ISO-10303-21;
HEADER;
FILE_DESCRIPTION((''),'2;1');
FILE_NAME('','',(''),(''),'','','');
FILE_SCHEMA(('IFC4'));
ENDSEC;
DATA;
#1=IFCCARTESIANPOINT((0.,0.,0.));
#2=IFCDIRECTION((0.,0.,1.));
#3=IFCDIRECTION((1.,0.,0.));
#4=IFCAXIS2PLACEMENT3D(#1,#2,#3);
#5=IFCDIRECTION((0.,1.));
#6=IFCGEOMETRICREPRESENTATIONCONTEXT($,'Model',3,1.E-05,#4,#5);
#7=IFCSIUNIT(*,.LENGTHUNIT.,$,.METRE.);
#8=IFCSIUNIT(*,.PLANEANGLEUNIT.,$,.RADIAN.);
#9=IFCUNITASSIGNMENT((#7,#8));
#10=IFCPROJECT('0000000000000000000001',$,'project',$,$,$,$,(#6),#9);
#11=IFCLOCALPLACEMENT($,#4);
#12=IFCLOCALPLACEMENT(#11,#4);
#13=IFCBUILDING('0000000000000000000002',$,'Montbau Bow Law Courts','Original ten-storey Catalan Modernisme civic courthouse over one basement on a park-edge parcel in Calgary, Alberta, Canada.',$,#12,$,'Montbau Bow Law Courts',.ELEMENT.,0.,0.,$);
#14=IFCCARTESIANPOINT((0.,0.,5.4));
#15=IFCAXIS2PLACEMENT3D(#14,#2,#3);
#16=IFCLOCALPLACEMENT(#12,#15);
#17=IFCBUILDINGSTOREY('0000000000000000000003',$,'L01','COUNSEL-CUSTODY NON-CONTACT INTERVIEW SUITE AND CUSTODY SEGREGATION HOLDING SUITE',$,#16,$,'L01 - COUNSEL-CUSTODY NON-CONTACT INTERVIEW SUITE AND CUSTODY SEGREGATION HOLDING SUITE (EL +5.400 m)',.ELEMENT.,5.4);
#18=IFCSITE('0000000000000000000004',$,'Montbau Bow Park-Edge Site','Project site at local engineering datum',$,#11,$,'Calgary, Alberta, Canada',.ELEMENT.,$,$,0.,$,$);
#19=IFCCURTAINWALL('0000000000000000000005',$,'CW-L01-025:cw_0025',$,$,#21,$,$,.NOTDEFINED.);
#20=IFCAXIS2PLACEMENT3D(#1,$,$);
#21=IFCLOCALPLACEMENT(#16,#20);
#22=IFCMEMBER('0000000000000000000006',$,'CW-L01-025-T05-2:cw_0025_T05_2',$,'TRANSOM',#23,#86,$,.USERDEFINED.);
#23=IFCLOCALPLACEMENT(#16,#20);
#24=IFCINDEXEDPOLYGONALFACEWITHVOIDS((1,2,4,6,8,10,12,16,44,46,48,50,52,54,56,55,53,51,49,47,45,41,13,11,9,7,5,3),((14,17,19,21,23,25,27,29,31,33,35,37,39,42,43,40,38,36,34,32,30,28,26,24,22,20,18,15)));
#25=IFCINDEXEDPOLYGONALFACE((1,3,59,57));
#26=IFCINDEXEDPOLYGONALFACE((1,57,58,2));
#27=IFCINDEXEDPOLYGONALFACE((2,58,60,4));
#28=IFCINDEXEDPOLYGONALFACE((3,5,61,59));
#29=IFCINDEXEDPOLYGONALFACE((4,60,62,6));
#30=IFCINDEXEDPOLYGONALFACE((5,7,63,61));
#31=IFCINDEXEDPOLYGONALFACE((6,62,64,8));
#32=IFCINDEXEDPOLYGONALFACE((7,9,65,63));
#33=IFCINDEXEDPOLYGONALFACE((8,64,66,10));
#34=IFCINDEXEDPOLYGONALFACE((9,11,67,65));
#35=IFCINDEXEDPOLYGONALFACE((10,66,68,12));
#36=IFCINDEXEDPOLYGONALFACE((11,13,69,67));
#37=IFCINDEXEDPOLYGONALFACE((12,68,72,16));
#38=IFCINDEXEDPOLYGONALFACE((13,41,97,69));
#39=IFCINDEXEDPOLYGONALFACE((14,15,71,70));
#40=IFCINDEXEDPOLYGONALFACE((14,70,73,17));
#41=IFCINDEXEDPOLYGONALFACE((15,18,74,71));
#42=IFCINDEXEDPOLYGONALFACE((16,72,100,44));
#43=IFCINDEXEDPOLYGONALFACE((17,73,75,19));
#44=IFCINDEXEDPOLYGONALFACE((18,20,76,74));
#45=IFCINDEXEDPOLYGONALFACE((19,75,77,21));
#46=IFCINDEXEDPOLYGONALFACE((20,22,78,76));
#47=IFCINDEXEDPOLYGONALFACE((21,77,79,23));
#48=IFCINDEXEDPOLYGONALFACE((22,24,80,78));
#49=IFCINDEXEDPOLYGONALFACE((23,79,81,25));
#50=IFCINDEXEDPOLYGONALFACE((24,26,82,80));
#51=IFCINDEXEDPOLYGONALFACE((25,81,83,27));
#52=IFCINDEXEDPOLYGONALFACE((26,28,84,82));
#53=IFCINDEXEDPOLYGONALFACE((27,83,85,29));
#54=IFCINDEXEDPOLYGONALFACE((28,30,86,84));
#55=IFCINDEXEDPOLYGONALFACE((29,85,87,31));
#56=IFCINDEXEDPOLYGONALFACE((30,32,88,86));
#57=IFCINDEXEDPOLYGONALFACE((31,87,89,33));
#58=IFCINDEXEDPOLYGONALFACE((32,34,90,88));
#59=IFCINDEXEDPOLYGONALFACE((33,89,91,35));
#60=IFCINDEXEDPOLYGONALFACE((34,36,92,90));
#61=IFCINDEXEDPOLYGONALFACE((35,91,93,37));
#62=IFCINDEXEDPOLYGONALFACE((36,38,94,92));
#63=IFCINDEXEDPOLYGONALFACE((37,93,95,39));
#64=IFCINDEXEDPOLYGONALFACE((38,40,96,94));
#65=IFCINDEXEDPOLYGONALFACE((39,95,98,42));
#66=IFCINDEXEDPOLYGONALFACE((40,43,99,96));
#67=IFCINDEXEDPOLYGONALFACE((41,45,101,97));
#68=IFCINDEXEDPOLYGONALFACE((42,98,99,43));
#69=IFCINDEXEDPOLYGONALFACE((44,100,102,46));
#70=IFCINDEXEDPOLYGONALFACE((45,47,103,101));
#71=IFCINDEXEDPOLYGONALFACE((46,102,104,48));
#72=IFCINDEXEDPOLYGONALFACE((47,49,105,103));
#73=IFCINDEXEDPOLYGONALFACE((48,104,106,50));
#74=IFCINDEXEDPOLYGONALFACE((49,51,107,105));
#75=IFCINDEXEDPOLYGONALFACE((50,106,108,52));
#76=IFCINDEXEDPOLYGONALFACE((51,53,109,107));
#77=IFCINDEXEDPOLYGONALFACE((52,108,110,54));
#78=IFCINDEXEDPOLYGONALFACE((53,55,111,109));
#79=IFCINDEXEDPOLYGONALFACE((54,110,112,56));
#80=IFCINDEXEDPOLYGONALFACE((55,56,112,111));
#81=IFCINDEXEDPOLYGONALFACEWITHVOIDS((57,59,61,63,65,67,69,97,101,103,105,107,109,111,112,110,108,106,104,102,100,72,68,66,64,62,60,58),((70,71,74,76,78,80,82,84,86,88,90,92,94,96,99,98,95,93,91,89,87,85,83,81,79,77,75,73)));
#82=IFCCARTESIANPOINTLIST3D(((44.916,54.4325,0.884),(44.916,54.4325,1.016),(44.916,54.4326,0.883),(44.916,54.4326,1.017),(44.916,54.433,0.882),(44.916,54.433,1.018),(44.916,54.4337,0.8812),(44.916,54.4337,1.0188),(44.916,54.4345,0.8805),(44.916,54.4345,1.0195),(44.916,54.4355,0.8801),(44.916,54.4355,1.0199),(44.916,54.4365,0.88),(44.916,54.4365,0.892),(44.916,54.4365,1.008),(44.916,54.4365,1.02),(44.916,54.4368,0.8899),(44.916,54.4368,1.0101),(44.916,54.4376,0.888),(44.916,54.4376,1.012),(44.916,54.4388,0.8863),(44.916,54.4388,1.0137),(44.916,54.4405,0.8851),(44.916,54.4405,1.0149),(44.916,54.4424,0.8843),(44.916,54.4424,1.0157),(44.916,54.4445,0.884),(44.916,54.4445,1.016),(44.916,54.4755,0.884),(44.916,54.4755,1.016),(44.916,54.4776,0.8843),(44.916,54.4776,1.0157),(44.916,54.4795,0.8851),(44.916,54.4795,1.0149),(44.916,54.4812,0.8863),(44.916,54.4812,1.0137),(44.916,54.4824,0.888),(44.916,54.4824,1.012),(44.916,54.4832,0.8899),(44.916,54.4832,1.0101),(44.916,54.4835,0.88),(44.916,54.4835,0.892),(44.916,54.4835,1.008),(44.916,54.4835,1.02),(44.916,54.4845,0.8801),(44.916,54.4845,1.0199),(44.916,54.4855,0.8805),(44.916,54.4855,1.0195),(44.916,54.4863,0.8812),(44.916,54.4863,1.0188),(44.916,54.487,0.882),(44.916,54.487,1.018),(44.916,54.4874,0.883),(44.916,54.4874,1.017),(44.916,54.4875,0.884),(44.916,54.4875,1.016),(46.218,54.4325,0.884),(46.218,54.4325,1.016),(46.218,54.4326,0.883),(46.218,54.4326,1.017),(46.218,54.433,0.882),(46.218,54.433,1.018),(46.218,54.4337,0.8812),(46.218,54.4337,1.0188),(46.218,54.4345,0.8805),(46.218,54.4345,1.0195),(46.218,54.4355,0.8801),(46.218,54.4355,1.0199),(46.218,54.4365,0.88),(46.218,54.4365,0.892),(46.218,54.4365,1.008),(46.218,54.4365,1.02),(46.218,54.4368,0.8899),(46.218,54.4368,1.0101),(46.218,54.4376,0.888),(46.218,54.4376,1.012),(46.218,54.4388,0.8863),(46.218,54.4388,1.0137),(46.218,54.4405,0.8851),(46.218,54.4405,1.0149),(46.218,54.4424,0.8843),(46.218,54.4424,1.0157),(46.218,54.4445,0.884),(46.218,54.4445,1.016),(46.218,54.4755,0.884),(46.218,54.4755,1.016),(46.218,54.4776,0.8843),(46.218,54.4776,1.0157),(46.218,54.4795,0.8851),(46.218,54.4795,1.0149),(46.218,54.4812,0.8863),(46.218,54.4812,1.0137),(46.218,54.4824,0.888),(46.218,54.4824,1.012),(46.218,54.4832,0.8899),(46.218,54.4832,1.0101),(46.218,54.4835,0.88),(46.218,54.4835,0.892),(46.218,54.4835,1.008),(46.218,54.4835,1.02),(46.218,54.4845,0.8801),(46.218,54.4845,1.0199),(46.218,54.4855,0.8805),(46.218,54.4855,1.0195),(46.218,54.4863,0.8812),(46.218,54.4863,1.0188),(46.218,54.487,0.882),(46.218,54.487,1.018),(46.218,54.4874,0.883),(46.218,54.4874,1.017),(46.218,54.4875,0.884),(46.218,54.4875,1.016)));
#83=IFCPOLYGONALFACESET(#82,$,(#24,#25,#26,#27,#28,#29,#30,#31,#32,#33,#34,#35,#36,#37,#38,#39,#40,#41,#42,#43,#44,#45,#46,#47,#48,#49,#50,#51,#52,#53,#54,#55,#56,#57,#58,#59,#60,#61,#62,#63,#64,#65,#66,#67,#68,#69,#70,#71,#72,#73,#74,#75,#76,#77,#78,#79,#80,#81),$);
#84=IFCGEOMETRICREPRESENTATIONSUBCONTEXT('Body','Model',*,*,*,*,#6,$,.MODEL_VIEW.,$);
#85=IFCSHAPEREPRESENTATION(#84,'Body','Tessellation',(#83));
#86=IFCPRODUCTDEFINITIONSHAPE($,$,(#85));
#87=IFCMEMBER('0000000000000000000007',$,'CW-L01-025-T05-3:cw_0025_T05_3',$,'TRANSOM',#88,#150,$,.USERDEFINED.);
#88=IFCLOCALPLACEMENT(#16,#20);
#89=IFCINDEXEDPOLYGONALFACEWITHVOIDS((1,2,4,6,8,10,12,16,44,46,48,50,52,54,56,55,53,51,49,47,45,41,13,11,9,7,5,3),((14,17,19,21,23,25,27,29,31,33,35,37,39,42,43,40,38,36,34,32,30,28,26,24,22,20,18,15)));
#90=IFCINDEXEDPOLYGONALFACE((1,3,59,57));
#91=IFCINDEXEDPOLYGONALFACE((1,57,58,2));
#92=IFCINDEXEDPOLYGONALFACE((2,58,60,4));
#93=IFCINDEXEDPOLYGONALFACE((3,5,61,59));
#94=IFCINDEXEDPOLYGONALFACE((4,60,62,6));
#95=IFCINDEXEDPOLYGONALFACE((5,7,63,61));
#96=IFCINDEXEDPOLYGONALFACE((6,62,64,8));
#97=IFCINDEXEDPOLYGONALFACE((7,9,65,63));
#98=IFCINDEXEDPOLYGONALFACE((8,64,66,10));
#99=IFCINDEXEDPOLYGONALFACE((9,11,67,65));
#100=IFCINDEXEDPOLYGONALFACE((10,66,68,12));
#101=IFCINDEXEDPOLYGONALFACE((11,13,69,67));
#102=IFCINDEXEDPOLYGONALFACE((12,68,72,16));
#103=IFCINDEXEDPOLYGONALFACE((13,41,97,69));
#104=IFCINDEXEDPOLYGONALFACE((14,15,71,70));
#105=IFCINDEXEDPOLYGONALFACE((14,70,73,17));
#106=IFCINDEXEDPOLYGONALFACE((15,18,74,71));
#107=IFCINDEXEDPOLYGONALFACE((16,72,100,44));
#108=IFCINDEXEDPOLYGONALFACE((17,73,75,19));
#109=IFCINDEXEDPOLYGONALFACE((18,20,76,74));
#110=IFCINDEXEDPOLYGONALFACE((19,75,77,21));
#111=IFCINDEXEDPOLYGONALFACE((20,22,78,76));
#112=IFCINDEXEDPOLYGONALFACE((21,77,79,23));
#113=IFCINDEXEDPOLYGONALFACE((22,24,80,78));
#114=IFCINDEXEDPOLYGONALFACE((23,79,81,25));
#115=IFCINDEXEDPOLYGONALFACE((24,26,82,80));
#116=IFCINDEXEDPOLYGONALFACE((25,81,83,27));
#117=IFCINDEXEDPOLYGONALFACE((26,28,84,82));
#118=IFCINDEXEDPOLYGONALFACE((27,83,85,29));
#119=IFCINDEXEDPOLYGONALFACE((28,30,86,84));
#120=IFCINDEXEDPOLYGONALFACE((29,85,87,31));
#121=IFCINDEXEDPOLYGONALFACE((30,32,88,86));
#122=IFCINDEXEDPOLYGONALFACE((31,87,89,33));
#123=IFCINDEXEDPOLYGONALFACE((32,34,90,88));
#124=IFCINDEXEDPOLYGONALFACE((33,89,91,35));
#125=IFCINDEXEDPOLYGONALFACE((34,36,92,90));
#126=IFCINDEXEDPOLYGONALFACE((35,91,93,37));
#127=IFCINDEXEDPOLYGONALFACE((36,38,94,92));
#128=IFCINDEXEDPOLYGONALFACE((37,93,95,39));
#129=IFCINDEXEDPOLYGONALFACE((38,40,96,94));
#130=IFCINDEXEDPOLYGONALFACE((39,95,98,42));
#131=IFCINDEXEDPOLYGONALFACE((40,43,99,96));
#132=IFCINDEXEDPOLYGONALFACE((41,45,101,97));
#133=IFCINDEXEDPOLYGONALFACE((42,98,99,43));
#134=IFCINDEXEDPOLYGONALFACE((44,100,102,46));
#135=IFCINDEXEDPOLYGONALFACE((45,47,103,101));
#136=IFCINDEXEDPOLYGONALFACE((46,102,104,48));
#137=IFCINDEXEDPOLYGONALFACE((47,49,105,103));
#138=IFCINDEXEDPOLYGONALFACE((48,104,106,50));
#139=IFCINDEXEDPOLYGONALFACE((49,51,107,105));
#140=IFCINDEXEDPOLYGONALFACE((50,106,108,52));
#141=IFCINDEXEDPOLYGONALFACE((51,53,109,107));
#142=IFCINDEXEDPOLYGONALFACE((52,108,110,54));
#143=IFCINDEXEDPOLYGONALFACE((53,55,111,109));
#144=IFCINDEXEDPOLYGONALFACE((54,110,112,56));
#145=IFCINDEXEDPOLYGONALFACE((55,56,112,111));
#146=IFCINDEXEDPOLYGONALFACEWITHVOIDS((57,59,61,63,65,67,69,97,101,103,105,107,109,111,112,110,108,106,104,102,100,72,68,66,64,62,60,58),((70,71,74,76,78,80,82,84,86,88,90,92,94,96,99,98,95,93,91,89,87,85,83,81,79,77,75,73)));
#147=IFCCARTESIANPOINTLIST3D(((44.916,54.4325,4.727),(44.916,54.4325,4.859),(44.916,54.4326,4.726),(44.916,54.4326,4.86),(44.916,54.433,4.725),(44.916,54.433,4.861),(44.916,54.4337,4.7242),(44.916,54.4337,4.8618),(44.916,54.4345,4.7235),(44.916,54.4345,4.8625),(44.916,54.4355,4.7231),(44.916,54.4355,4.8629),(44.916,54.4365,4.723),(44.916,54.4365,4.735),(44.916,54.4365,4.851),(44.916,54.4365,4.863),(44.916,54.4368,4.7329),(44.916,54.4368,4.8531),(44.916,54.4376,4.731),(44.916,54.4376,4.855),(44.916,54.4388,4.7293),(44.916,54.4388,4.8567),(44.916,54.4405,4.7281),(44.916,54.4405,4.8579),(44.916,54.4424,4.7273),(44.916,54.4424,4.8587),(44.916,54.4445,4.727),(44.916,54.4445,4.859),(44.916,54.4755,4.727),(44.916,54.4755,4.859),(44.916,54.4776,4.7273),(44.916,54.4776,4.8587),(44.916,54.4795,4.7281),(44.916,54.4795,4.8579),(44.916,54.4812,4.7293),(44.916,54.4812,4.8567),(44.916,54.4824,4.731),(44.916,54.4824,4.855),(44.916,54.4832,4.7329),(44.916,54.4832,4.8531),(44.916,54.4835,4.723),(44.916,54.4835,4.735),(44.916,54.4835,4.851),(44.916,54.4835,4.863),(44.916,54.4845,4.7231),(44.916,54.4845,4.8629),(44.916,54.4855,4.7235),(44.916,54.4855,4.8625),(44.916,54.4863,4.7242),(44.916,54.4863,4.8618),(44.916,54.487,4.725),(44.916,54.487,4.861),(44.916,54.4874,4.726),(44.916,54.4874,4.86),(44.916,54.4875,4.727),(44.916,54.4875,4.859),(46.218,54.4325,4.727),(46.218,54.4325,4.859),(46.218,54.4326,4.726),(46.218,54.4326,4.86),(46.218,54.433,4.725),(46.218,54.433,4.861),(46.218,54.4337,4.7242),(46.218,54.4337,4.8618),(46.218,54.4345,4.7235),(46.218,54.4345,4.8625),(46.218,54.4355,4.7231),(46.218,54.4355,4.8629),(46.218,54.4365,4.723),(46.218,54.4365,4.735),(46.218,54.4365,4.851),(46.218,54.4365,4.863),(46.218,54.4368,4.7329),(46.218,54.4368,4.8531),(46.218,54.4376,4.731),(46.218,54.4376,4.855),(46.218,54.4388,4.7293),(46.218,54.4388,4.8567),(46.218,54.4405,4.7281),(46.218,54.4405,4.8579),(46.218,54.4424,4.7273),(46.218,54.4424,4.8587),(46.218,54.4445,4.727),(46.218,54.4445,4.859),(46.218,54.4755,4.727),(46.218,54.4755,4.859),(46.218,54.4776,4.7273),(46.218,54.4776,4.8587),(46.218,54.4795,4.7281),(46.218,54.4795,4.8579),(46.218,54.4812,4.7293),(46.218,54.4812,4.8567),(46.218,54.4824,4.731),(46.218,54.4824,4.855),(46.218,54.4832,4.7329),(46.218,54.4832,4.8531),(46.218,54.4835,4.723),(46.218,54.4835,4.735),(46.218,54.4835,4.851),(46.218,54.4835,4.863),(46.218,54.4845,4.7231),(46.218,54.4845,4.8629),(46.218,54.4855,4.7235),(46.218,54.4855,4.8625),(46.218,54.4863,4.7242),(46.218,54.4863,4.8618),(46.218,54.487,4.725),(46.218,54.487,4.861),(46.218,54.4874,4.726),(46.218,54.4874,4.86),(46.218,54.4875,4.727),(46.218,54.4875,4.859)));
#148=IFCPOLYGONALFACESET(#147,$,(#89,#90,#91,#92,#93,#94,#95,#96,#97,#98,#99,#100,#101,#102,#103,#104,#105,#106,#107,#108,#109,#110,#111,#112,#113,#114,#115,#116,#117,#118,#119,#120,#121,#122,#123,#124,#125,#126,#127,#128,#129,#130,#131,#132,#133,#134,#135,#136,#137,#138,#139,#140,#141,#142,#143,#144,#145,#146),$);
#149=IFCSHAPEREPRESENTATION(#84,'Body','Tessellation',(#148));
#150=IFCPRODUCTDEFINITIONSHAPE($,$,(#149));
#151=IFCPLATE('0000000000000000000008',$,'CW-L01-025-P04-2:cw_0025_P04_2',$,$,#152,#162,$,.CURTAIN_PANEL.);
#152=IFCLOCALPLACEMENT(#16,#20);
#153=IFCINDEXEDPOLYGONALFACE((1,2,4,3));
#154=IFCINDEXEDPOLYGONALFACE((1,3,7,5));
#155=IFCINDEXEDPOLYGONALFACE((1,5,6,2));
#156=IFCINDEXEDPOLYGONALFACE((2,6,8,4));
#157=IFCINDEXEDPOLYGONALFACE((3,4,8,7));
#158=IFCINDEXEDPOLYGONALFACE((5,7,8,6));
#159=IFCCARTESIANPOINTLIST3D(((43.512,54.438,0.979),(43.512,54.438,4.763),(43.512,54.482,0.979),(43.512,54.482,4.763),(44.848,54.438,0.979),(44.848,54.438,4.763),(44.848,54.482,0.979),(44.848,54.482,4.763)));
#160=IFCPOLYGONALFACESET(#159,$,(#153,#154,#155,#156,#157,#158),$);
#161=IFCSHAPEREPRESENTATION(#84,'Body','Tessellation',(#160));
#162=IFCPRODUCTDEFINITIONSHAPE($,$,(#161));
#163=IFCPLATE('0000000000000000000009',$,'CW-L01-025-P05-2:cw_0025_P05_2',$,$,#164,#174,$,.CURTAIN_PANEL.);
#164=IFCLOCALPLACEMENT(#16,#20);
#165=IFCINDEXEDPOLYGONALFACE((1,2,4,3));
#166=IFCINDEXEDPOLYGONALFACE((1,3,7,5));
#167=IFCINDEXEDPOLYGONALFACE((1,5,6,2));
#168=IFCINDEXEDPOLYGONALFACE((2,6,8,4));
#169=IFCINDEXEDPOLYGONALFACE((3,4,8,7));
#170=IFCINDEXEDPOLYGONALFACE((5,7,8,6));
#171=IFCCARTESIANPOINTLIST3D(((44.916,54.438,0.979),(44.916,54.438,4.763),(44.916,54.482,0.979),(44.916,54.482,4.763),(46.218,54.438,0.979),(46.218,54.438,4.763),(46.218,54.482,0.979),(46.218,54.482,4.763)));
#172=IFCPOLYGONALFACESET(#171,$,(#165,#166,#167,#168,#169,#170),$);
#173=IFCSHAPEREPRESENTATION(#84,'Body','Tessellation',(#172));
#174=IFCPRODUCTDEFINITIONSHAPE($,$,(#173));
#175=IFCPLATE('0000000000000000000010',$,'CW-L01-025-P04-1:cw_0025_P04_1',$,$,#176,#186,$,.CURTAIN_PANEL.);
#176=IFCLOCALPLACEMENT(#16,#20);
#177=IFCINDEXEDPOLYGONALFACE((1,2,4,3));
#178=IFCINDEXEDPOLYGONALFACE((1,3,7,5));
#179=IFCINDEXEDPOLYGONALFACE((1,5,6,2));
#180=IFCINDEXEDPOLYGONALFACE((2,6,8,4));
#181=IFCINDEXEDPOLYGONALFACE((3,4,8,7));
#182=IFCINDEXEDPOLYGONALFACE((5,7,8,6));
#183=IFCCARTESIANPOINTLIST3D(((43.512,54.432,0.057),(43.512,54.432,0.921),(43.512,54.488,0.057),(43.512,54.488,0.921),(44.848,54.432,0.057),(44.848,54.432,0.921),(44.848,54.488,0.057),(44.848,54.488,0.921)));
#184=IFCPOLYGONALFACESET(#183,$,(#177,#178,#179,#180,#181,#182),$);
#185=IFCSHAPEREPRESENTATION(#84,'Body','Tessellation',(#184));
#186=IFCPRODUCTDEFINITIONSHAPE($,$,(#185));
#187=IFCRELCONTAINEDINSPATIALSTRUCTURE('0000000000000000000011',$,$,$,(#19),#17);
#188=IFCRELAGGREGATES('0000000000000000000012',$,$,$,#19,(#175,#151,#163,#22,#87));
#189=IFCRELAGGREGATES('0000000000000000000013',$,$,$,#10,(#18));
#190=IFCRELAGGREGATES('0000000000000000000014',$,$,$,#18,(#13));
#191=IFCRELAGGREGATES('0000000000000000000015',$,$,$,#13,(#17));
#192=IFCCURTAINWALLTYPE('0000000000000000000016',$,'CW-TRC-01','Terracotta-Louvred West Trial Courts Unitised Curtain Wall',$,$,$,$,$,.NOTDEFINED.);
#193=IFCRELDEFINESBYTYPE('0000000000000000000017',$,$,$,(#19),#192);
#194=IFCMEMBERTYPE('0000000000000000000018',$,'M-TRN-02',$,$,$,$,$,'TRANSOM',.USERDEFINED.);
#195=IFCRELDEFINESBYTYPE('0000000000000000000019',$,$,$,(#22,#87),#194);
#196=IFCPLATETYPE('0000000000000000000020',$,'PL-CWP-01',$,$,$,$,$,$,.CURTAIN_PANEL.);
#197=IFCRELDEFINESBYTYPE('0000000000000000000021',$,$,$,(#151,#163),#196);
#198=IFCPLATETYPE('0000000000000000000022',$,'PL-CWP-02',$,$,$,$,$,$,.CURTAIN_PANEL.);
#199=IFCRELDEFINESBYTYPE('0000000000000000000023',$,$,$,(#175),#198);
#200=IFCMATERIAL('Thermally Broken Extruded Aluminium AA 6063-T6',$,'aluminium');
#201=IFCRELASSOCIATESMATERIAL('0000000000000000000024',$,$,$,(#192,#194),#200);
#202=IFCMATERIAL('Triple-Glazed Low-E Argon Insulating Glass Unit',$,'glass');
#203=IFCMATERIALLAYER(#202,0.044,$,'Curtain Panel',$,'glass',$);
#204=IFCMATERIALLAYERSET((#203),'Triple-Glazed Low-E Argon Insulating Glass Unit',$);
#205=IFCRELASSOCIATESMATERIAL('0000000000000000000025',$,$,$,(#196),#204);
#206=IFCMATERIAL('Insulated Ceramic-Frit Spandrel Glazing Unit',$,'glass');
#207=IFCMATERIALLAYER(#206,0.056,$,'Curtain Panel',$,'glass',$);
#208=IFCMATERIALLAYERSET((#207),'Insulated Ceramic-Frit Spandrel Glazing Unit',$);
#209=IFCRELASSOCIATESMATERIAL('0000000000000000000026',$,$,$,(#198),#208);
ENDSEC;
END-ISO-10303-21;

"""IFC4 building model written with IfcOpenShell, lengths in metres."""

from ifc_helpers import new_model, si_unit, direction, frame, frame_2d, origin_with_axes, origin_2d_with_axis, place, context, subcontext, project, spatial, rectangle, hollow_rectangle, extrude, material, layer, layer_set, material_profile, profile_set, type_object, element, aggregate, save


model = new_model("IFC4")

# Units and contexts
model_context = context("Model", 3, precision=1e-05, world=origin_with_axes(), true_north=direction((0.0, 1.0)))
body_context = subcontext(model_context, "Body", "Model", "MODEL_VIEW")
ifc_project = project(units=[si_unit("LENGTHUNIT", "METRE"), si_unit("PLANEANGLEUNIT", "RADIAN")], contexts=[model_context])

# Site, building, storey
site_placement = place(None, origin_with_axes())
site = spatial("IfcSite", under=ifc_project, at=site_placement, Name="Montbau Bow Park-Edge Site", Description="Project site at local engineering datum", LongName="Calgary, Alberta, Canada", CompositionType="ELEMENT", RefElevation=0.0)
building_placement = place(site_placement, origin_with_axes())
building = spatial("IfcBuilding", under=site, at=building_placement, Name="Montbau Bow Law Courts", Description="Original ten-storey Catalan Modernisme civic courthouse over one basement on a park-edge parcel in Calgary, Alberta, Canada.", LongName="Montbau Bow Law Courts", CompositionType="ELEMENT", ElevationOfRefHeight=0.0, ElevationOfTerrain=0.0)
storey_placement = place(building_placement, frame((0.0, 0.0, 5.4), z_axis=(0.0, 0.0, 1.0), x_axis=(1.0, 0.0, 0.0)))
storey = spatial("IfcBuildingStorey", under=building, at=storey_placement, Name="L01", Description="COUNSEL-CUSTODY NON-CONTACT INTERVIEW SUITE AND CUSTODY SEGREGATION HOLDING SUITE", LongName="L01 - COUNSEL-CUSTODY NON-CONTACT INTERVIEW SUITE AND CUSTODY SEGREGATION HOLDING SUITE (EL +5.400 m)", CompositionType="ELEMENT", Elevation=5.4)

# Curtain wall, members, plates
ifc_material_1 = material(Name="Thermally Broken Extruded Aluminium AA 6063-T6", Category="aluminium")
curtain_wall_type = type_object("IfcCurtainWallType", Name="CW-TRC-01", Description="Terracotta-Louvred West Trial Courts Unitised Curtain Wall", PredefinedType="NOTDEFINED", material=ifc_material_1)
curtain_wall_placement = place(None, frame((39.268, 54.46, 5.4), z_axis=(0.0, 0.0, 1.0), x_axis=(1.0, 0.0, 0.0)))
curtain_wall = element("IfcCurtainWall", 1, at=curtain_wall_placement, inside=storey, type_object=curtain_wall_type, Name="CW-L01-025:cw_0025", PredefinedType="NOTDEFINED")
ifc_material_profile_1 = material_profile(ifc_material_1, hollow_rectangle(XDim=0.055, YDim=0.14, WallThickness=0.004, InnerFilletRadius=0.008, OuterFilletRadius=0.004, at=origin_2d_with_axis()), Name="CWT-140X55", Category="Main", Priority=0)
ifc_profile_set_1 = profile_set([ifc_material_profile_1], Name="Thermally Broken Extruded Aluminium AA 6063-T6")
member_type_1 = type_object("IfcMemberType", Name="M-TRN-02", ElementType="TRANSOM", PredefinedType="USERDEFINED", material=ifc_profile_set_1)
member_1_placement = place(None, frame((44.916, 54.46, 6.35), z_axis=(1.0, 0.0, 0.0), x_axis=(0.0, 1.0, 0.0)))
member_1 = element("IfcMember", 2, at=member_1_placement, type_object=member_type_1, Name="CW-L01-025-T05-2:cw_0025_T05_2", ObjectType="TRANSOM", PredefinedType="USERDEFINED", context=body_context, shape_type="SweptSolid", body=[
    extrude(hollow_rectangle(XDim=0.055, YDim=0.14, WallThickness=0.004, InnerFilletRadius=0.008, OuterFilletRadius=0.004, at=origin_2d_with_axis()), origin_with_axes(), (0.0, 0.0, 1.0), 1.302),
])
member_2_placement = place(None, frame((44.916, 54.46, 10.193), z_axis=(1.0, 0.0, 0.0), x_axis=(0.0, 1.0, 0.0)))
member_2 = element("IfcMember", 3, at=member_2_placement, type_object=member_type_1, Name="CW-L01-025-T05-3:cw_0025_T05_3", ObjectType="TRANSOM", PredefinedType="USERDEFINED", context=body_context, shape_type="SweptSolid", body=[
    extrude(hollow_rectangle(XDim=0.055, YDim=0.14, WallThickness=0.004, InnerFilletRadius=0.008, OuterFilletRadius=0.004, at=origin_2d_with_axis()), origin_with_axes(), (0.0, 0.0, 1.0), 1.302),
])
ifc_material_2 = material(Name="Triple-Glazed Low-E Argon Insulating Glass Unit", Category="glass")
ifc_layer_1 = layer(ifc_material_2, 0.044, Name="Curtain Panel", Category="glass")
ifc_layer_set_1 = layer_set([ifc_layer_1], Name="Triple-Glazed Low-E Argon Insulating Glass Unit")
plate_type_1 = type_object("IfcPlateType", Name="PL-CWP-01", PredefinedType="CURTAIN_PANEL", material=ifc_layer_set_1)
plate_1_placement = place(None, frame((43.512, 54.46, 6.379), z_axis=(0.0, -1.0, 0.0), x_axis=(1.0, 0.0, 0.0)))
plate_1 = element("IfcPlate", 4, at=plate_1_placement, type_object=plate_type_1, Name="CW-L01-025-P04-2:cw_0025_P04_2", PredefinedType="CURTAIN_PANEL", context=body_context, shape_type="SweptSolid", body=[
    extrude(rectangle(XDim=1.336, YDim=3.784, at=frame_2d((0.668, 1.892), x_axis=(1.0, 0.0))), frame((0.0, 0.0, -0.022), z_axis=(0.0, 0.0, 1.0), x_axis=(1.0, 0.0, 0.0)), (0.0, 0.0, 1.0), 0.044),
])
plate_2_placement = place(None, frame((44.916, 54.46, 6.379), z_axis=(0.0, -1.0, 0.0), x_axis=(1.0, 0.0, 0.0)))
plate_2 = element("IfcPlate", 5, at=plate_2_placement, type_object=plate_type_1, Name="CW-L01-025-P05-2:cw_0025_P05_2", PredefinedType="CURTAIN_PANEL", context=body_context, shape_type="SweptSolid", body=[
    extrude(rectangle(XDim=1.302, YDim=3.784, at=frame_2d((0.651, 1.892), x_axis=(1.0, 0.0))), frame((0.0, 0.0, -0.022), z_axis=(0.0, 0.0, 1.0), x_axis=(1.0, 0.0, 0.0)), (0.0, 0.0, 1.0), 0.044),
])
ifc_material_3 = material(Name="Insulated Ceramic-Frit Spandrel Glazing Unit", Category="glass")
ifc_layer_2 = layer(ifc_material_3, 0.056, Name="Curtain Panel", Category="glass")
ifc_layer_set_2 = layer_set([ifc_layer_2], Name="Insulated Ceramic-Frit Spandrel Glazing Unit")
plate_type_2 = type_object("IfcPlateType", Name="PL-CWP-02", PredefinedType="CURTAIN_PANEL", material=ifc_layer_set_2)
plate_3_placement = place(None, frame((43.512, 54.46, 5.457), z_axis=(0.0, -1.0, 0.0), x_axis=(1.0, 0.0, 0.0)))
plate_3 = element("IfcPlate", 6, at=plate_3_placement, type_object=plate_type_2, Name="CW-L01-025-P04-1:cw_0025_P04_1", PredefinedType="CURTAIN_PANEL", context=body_context, shape_type="SweptSolid", body=[
    extrude(rectangle(XDim=1.336, YDim=0.864, at=frame_2d((0.668, 0.432), x_axis=(1.0, 0.0))), frame((0.0, 0.0, -0.028), z_axis=(0.0, 0.0, 1.0), x_axis=(1.0, 0.0, 0.0)), (0.0, 0.0, 1.0), 0.056),
])
aggregate(curtain_wall, [plate_3, plate_1, plate_2, member_1, member_2])

save(model, "model.ifc")
